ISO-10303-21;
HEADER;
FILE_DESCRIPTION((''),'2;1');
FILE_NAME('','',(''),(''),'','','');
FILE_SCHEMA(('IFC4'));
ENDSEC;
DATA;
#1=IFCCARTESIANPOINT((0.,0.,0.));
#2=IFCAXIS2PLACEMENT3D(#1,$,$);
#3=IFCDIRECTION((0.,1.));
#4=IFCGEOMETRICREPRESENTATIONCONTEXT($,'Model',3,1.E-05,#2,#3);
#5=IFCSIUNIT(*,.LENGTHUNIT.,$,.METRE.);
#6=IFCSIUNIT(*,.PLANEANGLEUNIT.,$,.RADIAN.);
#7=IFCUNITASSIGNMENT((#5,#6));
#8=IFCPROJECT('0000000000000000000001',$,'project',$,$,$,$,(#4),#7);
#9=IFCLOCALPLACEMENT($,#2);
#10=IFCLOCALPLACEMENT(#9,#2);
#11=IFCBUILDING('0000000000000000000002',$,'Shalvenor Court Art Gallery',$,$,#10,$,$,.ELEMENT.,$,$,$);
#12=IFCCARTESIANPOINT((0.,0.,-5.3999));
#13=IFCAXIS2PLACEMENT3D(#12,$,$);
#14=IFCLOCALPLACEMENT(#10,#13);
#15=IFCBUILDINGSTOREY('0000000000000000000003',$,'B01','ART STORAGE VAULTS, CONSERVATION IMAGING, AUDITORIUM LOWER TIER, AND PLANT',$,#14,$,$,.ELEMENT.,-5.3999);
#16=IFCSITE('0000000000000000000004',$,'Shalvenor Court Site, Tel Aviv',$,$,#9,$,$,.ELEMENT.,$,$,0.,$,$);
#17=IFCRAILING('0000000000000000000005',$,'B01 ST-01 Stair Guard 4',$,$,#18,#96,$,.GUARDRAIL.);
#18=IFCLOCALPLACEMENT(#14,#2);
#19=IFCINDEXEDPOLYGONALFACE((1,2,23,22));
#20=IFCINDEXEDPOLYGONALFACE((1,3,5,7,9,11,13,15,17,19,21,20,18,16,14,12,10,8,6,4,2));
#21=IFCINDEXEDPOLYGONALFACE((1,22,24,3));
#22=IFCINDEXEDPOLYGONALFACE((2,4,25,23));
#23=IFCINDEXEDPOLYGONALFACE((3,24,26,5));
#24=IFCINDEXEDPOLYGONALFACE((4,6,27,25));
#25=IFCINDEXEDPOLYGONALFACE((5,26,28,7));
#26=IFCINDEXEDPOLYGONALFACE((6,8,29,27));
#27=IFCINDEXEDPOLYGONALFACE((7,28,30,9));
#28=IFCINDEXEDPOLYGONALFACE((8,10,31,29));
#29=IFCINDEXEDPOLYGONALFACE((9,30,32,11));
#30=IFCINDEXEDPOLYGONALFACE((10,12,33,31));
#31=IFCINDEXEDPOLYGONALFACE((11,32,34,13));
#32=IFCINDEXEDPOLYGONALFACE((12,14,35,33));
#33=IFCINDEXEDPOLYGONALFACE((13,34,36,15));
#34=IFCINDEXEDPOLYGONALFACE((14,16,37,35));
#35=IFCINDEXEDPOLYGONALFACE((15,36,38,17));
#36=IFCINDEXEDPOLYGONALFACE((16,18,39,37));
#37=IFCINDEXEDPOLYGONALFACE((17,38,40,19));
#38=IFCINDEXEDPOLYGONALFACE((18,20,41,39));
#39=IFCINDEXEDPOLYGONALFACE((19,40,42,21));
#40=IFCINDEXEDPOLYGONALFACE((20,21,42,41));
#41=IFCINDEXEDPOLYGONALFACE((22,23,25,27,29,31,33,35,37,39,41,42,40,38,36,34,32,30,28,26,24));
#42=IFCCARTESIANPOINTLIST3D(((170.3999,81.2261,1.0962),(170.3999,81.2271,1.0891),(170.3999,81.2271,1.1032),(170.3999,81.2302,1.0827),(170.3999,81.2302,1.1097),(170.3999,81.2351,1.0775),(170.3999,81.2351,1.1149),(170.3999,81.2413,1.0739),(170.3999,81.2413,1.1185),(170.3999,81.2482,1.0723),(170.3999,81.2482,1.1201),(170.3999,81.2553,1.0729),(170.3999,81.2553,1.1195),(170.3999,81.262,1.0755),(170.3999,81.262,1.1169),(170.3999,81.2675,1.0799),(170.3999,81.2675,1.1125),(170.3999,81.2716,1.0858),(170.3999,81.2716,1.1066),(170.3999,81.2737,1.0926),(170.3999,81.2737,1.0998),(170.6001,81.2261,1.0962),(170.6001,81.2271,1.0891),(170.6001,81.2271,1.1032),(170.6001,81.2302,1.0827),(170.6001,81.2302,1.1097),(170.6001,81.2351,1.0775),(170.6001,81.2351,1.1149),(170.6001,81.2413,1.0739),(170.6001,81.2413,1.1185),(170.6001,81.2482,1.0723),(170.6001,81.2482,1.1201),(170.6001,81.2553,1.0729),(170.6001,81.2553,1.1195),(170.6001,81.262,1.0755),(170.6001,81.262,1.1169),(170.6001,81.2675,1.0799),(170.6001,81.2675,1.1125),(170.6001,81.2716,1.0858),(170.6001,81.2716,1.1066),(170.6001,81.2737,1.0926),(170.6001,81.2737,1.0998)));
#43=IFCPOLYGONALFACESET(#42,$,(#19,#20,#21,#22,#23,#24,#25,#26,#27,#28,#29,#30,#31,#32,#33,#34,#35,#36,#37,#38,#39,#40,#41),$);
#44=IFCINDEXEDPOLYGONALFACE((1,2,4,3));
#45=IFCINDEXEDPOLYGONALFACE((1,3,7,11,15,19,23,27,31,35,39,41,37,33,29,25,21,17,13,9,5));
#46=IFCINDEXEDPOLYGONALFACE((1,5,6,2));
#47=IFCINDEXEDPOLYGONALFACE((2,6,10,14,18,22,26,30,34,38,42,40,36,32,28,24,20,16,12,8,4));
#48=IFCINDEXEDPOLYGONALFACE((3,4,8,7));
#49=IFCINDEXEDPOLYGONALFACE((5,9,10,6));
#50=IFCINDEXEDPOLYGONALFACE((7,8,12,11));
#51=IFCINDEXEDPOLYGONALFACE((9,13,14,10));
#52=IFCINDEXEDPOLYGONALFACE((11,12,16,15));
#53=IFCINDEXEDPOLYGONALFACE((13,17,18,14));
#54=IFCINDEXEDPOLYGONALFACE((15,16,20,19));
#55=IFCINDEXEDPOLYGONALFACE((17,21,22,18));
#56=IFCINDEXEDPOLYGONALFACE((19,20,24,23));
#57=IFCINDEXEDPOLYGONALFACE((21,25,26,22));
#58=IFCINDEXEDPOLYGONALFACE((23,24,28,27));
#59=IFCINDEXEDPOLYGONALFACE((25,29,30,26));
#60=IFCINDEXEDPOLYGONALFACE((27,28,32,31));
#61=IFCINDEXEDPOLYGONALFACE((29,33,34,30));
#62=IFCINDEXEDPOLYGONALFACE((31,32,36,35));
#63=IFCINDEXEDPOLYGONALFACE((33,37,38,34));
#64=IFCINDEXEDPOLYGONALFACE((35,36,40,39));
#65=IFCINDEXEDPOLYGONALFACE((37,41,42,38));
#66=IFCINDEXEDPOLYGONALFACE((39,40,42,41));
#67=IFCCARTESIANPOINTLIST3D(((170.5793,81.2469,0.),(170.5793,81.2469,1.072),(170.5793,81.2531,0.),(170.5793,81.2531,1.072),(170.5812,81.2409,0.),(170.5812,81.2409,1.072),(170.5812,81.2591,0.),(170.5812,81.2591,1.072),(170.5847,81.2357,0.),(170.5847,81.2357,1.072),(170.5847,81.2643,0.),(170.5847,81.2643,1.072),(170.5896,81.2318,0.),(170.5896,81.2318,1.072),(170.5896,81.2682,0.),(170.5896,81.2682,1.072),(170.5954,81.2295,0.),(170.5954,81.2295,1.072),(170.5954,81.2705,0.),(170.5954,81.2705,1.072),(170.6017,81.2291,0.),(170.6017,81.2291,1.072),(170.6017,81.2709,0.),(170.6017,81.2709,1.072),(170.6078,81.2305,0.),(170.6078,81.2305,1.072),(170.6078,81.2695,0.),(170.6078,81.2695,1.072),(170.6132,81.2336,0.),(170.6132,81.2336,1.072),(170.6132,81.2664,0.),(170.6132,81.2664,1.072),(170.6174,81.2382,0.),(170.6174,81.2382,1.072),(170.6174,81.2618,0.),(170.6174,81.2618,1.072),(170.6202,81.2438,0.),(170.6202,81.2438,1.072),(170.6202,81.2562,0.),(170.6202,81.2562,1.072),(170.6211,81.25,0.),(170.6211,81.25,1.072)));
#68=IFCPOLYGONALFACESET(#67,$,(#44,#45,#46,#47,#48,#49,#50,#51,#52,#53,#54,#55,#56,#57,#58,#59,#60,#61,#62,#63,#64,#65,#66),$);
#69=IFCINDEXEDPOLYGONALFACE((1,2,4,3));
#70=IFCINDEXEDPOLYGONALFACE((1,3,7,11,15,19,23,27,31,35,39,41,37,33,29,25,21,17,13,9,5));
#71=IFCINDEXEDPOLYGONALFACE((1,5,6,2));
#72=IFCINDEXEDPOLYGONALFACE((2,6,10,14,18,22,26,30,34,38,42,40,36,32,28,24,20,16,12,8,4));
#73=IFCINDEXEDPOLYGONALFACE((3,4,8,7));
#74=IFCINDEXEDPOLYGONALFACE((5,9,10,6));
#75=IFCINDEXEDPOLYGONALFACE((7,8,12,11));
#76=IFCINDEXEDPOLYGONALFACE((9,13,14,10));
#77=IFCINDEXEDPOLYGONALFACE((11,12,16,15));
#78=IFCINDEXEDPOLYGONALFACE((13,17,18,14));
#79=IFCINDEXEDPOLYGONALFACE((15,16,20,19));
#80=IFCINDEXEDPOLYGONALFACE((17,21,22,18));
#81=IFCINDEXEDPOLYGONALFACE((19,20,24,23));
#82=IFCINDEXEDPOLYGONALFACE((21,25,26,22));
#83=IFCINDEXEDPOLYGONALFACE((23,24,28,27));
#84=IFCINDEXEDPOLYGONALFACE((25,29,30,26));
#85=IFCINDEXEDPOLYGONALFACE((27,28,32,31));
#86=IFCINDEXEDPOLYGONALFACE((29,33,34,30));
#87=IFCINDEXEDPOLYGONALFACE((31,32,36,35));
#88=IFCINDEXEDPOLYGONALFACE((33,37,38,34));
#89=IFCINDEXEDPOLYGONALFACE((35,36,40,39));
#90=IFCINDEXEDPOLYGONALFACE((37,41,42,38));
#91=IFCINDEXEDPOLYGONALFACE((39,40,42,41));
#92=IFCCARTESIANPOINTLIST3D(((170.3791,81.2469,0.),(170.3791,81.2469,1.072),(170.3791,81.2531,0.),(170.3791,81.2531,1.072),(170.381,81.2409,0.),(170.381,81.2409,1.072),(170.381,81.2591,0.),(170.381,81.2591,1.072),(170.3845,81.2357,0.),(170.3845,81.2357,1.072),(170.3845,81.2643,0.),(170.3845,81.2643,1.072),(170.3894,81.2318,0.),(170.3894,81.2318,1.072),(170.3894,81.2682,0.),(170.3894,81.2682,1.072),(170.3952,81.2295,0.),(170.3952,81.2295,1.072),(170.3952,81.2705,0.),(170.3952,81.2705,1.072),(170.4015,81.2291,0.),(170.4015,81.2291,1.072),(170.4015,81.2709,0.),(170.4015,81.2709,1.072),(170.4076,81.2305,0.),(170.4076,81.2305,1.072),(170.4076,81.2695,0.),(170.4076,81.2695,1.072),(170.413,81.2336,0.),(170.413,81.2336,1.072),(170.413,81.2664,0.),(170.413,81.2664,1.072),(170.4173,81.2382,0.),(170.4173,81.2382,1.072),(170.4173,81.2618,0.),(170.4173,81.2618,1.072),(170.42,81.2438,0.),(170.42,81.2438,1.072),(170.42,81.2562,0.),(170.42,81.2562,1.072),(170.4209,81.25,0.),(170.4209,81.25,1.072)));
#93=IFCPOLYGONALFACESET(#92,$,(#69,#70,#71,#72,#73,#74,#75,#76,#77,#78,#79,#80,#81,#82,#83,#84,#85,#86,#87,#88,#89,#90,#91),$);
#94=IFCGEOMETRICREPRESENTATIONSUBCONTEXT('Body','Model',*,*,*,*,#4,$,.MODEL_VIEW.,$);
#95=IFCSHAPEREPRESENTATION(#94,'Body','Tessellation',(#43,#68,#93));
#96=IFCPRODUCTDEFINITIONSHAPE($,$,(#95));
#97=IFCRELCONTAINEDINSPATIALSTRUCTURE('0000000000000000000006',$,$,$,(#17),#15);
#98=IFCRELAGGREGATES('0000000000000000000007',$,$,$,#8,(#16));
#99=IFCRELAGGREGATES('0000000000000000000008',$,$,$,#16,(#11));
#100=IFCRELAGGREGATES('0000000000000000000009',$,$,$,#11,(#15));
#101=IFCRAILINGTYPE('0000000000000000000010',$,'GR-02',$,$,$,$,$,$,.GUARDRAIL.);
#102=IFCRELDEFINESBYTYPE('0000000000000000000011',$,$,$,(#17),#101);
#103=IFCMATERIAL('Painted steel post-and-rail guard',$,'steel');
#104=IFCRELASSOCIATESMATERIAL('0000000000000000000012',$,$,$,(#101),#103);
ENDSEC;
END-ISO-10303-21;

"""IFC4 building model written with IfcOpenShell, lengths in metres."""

from ifc_helpers import new_model, si_unit, direction, frame, origin, origin_2d, place, context, subcontext, project, spatial, circle, extrude, material, type_object, element, save


model = new_model("IFC4")

# Units and contexts
model_context = context("Model", 3, precision=1e-05, world=origin(), true_north=direction((0.0, 1.0)))
body_context = subcontext(model_context, "Body", "Model", "MODEL_VIEW")
ifc_project = project(units=[si_unit("LENGTHUNIT", "METRE"), si_unit("PLANEANGLEUNIT", "RADIAN")], contexts=[model_context])

# Site, building, storey
site_placement = place(None, origin())
site = spatial("IfcSite", under=ifc_project, at=site_placement, Name="Shalvenor Court Site, Tel Aviv", CompositionType="ELEMENT", RefElevation=0.0)
building_placement = place(site_placement, origin())
building = spatial("IfcBuilding", under=site, at=building_placement, Name="Shalvenor Court Art Gallery", CompositionType="ELEMENT")
storey_placement = place(building_placement, frame((0.0, 0.0, -5.3999)))
storey = spatial("IfcBuildingStorey", under=building, at=storey_placement, Name="B01", Description="ART STORAGE VAULTS, CONSERVATION IMAGING, AUDITORIUM LOWER TIER, AND PLANT", CompositionType="ELEMENT", Elevation=-5.3999)

# Railing
ifc_material_1 = material(Name="Painted steel post-and-rail guard", Category="steel")
railing_type = type_object("IfcRailingType", Name="GR-02", PredefinedType="GUARDRAIL", material=ifc_material_1)
railing_1_placement = place(storey_placement, frame((170.6001, 81.25, 0.0)))
element("IfcRailing", 1, at=railing_1_placement, inside=storey, type_object=railing_type, Name="B01 ST-01 Stair Guard 4", PredefinedType="GUARDRAIL", context=body_context, shape_type="SweptSolid", body=[
    extrude(circle(Radius=0.0239, at=origin_2d()), frame((0.0, 0.0, 1.0962), z_axis=(-1.0, 0.0, 0.0), x_axis=(0.0, -1.0, 0.0)), (0.0, 0.0, 1.0), 0.2002),
    extrude(circle(Radius=0.021, at=origin_2d()), origin(), (0.0, 0.0, 1.0), 1.072),
    extrude(circle(Radius=0.021, at=origin_2d()), frame((-0.2002, 0.0, 0.0)), (0.0, 0.0, 1.0), 1.072),
])

save(model, "model.ifc")
